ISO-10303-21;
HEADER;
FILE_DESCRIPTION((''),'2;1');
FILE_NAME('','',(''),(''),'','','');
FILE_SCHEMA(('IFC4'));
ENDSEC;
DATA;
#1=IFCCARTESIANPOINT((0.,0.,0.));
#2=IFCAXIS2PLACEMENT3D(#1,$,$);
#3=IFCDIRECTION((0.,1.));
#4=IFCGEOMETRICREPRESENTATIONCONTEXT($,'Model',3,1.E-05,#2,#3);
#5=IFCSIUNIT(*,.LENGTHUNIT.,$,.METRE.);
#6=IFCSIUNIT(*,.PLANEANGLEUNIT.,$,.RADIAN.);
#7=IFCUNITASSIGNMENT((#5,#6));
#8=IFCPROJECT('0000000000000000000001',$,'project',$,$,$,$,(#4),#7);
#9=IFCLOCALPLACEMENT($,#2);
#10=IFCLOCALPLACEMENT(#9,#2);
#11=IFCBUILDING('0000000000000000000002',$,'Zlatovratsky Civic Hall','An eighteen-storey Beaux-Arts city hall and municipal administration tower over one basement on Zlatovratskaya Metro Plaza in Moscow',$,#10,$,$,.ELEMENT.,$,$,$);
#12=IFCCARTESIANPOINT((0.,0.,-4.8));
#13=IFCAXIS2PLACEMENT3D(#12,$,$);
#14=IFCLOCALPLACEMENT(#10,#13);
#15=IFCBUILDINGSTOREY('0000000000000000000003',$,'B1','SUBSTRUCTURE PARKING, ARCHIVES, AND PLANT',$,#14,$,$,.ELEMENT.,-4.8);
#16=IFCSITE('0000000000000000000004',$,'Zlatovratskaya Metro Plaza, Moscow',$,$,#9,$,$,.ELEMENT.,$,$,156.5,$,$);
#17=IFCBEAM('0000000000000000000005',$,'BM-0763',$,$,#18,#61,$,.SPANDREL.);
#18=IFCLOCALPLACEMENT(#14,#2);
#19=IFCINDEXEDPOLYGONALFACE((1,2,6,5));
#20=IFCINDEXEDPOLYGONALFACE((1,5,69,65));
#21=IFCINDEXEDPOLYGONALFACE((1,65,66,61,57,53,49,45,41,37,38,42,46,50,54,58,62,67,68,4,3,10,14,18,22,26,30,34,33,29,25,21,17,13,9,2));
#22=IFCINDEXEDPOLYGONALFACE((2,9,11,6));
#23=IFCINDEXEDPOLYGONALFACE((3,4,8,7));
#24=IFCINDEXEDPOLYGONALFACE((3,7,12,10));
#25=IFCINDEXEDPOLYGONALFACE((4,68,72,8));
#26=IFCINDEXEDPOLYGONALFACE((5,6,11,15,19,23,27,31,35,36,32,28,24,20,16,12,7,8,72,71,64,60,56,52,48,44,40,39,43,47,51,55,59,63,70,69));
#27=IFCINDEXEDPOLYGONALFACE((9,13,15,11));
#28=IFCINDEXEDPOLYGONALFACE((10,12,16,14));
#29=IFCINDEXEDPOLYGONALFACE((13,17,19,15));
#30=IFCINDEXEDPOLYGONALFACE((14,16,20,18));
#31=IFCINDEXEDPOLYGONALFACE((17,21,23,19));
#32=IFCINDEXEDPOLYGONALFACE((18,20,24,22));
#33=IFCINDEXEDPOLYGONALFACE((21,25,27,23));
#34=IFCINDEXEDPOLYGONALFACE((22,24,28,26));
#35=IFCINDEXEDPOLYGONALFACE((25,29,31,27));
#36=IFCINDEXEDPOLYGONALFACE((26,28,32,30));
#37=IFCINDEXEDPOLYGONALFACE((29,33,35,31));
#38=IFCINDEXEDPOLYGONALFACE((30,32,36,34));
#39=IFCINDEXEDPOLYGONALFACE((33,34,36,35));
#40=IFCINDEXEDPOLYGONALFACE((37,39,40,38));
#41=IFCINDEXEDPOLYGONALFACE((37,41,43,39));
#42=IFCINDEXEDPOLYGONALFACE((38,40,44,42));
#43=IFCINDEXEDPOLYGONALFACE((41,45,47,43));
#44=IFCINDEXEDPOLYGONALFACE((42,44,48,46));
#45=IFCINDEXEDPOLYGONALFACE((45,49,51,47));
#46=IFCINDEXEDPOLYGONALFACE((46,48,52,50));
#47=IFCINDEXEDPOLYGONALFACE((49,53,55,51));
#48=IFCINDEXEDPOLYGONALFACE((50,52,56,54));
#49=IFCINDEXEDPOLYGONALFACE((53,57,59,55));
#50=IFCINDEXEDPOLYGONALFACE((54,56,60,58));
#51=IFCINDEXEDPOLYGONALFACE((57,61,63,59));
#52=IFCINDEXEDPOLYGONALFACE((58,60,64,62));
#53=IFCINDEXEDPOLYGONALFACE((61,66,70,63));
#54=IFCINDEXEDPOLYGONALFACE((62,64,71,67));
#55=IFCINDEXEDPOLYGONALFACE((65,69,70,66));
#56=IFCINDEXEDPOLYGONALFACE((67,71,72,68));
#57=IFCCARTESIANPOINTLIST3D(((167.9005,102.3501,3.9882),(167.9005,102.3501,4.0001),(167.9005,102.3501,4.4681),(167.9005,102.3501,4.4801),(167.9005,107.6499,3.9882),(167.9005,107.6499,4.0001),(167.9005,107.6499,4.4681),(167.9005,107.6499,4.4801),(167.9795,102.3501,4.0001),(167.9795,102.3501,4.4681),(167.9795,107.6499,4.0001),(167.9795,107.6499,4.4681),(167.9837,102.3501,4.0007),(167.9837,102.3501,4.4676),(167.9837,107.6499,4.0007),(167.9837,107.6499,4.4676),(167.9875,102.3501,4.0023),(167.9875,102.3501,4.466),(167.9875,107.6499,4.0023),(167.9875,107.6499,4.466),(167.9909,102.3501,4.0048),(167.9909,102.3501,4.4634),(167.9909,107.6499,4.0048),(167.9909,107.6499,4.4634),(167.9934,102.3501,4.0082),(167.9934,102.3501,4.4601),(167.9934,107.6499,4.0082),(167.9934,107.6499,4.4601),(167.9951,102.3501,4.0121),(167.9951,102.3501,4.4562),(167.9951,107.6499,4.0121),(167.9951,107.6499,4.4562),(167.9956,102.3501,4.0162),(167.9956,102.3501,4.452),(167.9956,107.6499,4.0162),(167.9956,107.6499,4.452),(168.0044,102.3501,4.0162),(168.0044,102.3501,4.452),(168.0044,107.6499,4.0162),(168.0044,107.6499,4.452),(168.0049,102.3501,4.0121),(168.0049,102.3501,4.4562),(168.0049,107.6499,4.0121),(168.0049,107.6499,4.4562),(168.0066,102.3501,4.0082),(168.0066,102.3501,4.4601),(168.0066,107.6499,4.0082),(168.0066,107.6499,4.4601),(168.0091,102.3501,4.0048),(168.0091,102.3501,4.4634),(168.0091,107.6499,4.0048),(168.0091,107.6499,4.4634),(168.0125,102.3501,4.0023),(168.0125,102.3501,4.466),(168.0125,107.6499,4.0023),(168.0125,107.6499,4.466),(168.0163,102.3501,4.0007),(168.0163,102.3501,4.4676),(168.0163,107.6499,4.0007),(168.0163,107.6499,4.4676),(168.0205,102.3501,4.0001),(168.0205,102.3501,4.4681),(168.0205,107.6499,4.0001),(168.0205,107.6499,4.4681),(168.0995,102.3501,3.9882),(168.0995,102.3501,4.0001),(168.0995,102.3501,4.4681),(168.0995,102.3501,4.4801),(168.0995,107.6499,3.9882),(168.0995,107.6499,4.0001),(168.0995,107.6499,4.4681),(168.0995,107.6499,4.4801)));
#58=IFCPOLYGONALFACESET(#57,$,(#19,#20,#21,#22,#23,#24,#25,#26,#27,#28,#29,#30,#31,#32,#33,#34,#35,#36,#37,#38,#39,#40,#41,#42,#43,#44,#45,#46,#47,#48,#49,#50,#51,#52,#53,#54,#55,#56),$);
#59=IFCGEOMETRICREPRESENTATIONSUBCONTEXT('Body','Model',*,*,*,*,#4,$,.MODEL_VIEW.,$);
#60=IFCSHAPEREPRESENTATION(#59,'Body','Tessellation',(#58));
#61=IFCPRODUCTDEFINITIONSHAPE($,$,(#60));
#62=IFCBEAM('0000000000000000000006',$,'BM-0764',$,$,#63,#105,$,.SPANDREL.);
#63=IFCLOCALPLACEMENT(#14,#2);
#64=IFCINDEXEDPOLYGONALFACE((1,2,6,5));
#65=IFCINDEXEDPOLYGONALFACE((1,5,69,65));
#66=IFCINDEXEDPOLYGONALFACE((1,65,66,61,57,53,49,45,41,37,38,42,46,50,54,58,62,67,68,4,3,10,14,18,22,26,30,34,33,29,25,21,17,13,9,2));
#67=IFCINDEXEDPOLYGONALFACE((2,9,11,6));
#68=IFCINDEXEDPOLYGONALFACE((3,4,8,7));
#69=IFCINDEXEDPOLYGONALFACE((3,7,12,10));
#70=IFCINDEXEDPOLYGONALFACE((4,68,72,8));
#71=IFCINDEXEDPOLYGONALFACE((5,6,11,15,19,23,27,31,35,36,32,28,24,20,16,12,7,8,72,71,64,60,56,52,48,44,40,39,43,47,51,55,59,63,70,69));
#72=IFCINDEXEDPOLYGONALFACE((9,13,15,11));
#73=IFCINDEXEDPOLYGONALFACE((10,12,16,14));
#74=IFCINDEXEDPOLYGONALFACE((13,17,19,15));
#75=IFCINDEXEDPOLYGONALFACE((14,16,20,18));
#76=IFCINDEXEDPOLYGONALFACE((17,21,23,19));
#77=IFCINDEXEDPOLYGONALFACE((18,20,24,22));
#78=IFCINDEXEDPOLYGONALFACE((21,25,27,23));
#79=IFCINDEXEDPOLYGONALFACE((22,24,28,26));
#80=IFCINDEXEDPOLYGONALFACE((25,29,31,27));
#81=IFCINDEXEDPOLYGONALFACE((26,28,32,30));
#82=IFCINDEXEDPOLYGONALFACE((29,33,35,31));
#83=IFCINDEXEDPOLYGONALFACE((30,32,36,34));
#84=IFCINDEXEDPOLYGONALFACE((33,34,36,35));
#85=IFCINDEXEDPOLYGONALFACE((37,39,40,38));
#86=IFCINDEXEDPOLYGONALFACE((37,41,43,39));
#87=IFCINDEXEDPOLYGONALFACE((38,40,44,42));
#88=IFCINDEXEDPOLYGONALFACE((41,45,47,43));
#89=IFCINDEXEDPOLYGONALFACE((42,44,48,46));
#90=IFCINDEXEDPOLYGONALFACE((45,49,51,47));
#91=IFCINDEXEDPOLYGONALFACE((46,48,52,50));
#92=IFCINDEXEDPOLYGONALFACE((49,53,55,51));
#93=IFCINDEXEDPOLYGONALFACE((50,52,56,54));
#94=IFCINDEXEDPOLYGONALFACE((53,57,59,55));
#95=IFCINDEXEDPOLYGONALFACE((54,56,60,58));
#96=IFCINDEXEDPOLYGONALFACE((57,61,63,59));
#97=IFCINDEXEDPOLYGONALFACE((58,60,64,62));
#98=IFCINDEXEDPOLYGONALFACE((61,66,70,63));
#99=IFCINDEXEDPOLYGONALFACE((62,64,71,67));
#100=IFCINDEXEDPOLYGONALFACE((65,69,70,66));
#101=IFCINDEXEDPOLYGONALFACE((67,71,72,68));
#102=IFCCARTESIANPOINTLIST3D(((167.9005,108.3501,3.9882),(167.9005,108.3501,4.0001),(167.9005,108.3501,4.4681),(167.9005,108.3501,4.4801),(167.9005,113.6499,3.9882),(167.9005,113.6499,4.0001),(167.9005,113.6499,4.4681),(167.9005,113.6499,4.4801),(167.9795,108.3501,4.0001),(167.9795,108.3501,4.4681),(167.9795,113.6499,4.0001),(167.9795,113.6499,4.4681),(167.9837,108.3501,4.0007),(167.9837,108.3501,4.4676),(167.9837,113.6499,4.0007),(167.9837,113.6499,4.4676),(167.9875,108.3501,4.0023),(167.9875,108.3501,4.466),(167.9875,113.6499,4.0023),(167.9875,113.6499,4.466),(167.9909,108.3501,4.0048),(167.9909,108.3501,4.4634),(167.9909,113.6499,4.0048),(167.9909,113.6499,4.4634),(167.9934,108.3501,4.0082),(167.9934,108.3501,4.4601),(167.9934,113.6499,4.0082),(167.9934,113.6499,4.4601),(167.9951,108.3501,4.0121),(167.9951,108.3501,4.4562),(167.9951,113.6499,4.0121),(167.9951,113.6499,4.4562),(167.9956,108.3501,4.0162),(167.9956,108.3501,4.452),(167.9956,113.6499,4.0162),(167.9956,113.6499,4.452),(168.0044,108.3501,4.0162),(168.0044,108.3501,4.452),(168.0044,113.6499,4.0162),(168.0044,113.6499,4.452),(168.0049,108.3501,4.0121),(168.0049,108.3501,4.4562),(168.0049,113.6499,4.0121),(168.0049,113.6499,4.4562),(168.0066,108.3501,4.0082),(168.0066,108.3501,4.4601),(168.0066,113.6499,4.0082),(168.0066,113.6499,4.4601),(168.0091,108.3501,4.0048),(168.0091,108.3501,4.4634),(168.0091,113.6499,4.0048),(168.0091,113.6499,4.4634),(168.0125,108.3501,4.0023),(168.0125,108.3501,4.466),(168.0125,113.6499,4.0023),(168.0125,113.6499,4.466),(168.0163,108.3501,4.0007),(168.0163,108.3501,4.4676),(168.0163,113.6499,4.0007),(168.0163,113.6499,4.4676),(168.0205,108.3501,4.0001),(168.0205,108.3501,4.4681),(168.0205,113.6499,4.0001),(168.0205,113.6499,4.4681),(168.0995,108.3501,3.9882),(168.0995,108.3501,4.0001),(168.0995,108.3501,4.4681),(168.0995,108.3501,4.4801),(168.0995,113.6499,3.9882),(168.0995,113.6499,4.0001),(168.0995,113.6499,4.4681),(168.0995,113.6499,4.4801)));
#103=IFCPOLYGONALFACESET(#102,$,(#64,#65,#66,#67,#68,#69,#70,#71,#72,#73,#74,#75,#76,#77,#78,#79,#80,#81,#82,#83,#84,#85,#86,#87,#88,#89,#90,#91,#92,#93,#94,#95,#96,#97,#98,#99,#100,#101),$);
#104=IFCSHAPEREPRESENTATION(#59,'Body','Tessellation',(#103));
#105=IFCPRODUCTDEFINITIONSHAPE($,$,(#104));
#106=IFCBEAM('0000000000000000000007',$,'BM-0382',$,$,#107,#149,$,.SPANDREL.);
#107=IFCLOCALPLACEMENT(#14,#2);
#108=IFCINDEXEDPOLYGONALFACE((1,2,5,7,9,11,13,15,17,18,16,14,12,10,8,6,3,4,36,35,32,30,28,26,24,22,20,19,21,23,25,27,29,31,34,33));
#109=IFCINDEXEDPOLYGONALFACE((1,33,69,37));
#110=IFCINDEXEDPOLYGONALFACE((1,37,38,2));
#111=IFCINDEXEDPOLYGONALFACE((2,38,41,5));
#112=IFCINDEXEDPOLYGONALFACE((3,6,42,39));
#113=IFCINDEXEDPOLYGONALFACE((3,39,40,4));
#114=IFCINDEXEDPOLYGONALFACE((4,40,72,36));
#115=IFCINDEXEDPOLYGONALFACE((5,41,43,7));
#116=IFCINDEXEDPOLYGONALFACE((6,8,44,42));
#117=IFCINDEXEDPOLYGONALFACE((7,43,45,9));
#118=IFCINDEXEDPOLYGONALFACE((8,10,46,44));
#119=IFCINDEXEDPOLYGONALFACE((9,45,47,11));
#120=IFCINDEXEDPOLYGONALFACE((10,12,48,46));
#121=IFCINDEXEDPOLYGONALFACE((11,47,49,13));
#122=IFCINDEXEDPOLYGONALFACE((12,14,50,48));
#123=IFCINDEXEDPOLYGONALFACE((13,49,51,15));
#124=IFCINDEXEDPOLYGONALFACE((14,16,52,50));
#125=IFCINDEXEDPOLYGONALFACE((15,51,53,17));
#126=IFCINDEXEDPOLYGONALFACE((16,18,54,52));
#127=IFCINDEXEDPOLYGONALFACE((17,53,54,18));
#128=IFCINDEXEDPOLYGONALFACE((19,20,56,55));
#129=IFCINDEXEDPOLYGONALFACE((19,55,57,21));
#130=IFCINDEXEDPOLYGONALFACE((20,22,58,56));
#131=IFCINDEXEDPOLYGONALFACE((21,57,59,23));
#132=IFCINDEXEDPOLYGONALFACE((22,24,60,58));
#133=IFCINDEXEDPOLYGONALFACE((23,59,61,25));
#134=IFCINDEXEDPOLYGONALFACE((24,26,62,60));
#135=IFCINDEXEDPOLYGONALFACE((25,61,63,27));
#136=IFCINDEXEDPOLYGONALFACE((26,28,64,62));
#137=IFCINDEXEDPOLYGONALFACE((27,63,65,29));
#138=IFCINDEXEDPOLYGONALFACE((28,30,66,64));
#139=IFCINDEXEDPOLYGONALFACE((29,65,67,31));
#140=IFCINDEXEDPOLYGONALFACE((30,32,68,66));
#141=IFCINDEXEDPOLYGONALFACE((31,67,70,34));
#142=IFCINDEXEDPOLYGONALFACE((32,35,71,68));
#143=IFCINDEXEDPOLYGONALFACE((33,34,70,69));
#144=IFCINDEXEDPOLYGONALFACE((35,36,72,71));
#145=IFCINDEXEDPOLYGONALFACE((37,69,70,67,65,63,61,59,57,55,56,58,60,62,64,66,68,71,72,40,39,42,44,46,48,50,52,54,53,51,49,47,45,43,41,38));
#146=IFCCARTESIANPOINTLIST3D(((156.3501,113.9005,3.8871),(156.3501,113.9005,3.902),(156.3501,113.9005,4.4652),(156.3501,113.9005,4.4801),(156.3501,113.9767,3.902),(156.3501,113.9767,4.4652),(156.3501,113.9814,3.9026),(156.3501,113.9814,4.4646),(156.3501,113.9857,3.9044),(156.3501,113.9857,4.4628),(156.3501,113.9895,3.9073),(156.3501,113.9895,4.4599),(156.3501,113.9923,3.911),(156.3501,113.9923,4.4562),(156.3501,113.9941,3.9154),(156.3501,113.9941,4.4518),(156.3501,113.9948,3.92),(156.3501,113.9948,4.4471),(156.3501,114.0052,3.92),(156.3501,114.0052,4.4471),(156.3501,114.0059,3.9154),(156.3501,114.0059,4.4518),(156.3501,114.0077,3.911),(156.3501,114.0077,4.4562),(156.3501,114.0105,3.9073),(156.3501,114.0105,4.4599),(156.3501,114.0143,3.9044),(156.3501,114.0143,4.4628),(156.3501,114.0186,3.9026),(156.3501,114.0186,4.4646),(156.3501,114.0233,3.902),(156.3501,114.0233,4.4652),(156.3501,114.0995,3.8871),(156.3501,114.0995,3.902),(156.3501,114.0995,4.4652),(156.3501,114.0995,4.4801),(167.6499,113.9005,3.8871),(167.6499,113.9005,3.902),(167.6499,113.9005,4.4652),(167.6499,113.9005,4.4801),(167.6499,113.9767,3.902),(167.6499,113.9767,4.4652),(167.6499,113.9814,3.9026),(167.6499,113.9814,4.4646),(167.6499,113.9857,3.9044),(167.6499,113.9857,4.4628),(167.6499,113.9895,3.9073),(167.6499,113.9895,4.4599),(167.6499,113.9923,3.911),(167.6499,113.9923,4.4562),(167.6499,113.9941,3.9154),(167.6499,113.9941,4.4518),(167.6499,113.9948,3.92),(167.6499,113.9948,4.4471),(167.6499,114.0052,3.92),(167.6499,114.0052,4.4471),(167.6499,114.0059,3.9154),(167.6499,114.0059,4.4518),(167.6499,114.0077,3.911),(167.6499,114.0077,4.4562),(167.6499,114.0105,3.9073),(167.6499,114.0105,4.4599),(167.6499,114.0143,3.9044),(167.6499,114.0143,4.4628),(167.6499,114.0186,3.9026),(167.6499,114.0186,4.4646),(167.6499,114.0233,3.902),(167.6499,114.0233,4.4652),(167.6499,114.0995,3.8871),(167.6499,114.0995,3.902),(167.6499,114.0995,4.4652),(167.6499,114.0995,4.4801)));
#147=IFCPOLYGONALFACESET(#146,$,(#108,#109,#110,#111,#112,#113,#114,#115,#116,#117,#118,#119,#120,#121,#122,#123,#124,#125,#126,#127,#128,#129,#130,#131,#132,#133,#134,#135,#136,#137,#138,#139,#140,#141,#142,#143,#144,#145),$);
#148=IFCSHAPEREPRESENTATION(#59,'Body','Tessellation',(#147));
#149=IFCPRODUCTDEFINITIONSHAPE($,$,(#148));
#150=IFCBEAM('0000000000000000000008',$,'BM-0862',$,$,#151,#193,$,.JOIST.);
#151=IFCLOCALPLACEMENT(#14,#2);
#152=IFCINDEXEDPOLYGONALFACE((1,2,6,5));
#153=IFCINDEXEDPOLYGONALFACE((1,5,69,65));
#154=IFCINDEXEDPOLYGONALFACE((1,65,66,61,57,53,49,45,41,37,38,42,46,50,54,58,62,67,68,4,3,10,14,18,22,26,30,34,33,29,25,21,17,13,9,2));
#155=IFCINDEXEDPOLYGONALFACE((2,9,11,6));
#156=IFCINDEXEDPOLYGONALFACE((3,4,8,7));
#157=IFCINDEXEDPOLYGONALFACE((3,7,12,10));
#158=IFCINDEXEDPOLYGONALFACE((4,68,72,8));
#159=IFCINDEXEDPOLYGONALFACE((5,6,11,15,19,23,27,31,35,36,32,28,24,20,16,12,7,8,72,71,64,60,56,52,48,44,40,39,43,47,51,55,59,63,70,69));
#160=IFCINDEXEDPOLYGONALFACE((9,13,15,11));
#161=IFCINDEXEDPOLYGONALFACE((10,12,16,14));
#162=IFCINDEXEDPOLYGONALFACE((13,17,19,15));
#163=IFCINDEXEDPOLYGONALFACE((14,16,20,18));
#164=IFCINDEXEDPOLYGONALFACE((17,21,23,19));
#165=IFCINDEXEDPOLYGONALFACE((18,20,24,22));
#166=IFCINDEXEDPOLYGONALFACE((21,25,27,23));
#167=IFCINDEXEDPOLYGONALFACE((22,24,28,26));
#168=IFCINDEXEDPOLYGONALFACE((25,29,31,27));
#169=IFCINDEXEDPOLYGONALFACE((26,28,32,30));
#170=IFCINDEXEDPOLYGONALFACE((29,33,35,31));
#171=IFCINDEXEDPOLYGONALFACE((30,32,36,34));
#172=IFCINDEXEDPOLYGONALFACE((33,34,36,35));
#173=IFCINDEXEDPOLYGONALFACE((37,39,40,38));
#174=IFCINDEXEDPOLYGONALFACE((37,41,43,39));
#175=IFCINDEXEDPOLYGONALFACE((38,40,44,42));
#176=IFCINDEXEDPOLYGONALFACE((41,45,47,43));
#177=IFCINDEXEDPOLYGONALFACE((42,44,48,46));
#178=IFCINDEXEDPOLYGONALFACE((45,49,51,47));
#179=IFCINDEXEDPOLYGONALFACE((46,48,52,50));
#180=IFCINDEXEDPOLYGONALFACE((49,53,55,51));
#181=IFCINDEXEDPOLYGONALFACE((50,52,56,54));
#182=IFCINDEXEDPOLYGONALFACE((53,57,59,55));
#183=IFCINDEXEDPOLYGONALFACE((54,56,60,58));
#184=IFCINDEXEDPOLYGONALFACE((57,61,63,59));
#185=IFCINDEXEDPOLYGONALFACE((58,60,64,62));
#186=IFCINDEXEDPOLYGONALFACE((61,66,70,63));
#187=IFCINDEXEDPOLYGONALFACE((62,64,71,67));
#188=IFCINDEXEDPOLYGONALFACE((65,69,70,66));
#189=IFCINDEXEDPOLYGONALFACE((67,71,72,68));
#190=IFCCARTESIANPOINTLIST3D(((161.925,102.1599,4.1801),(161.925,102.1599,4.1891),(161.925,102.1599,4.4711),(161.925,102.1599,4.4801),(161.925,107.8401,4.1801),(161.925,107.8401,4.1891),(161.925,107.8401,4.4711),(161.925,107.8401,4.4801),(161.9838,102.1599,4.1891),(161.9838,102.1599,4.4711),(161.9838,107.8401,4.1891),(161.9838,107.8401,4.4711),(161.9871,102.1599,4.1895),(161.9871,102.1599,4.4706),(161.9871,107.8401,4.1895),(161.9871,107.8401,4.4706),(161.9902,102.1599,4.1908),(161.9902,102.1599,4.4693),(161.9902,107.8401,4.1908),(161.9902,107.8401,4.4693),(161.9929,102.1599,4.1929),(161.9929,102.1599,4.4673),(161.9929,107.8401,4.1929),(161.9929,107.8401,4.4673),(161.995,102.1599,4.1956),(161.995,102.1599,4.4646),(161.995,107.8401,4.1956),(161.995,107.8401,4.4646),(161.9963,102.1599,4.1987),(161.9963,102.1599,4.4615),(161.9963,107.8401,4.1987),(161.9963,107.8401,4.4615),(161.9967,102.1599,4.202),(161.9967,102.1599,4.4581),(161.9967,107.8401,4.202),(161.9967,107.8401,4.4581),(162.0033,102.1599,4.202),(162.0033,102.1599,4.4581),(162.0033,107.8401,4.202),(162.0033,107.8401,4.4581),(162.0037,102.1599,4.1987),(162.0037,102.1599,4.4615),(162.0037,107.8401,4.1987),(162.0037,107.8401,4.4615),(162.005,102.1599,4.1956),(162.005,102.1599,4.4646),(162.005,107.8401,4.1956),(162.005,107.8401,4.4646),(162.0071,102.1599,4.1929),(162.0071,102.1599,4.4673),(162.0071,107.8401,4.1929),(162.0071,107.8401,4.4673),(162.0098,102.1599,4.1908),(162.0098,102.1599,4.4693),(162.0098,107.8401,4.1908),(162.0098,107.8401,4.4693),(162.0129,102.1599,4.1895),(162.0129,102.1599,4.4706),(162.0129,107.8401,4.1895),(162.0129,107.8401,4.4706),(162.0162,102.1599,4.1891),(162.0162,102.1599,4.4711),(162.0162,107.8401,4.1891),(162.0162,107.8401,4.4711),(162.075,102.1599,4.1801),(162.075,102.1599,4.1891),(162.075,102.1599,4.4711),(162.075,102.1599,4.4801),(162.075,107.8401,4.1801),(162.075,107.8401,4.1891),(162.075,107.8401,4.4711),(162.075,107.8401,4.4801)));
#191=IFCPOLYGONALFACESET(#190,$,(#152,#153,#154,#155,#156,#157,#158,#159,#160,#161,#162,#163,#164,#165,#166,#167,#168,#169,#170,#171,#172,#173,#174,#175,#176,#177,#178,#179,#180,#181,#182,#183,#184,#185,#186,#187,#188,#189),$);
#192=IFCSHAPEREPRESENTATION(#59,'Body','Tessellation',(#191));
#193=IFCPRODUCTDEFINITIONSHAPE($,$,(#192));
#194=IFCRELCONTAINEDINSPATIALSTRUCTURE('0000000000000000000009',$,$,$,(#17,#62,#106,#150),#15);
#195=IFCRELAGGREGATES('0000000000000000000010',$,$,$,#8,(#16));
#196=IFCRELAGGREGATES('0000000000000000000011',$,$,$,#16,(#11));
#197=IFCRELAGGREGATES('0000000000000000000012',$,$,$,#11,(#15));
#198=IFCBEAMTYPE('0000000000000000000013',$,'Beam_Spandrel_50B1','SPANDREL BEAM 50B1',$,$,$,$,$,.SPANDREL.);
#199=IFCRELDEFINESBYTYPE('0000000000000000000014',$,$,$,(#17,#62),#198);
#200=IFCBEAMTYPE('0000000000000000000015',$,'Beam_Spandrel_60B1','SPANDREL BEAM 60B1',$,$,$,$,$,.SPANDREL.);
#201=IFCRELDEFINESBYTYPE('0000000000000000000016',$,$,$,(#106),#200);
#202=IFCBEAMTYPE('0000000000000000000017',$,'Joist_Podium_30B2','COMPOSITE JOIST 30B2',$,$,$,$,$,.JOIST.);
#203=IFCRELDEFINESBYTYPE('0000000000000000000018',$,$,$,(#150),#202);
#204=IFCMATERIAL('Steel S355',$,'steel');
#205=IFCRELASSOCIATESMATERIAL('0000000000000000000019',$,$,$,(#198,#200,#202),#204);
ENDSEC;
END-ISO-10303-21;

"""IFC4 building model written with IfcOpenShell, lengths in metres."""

from ifc_helpers import new_model, si_unit, direction, frame, origin, origin_2d, place, context, subcontext, project, spatial, i_section, extrude, material, material_profile, profile_set, type_object, element, save


model = new_model("IFC4")

# Units and contexts
model_context = context("Model", 3, precision=1e-05, world=origin(), true_north=direction((0.0, 1.0)))
body_context = subcontext(model_context, "Body", "Model", "MODEL_VIEW")
ifc_project = project(units=[si_unit("LENGTHUNIT", "METRE"), si_unit("PLANEANGLEUNIT", "RADIAN")], contexts=[model_context])

# Site, building, storey
site_placement = place(None, origin())
site = spatial("IfcSite", under=ifc_project, at=site_placement, Name="Zlatovratskaya Metro Plaza, Moscow", CompositionType="ELEMENT", RefElevation=156.5)
building_placement = place(site_placement, origin())
building = spatial("IfcBuilding", under=site, at=building_placement, Name="Zlatovratsky Civic Hall", Description="An eighteen-storey Beaux-Arts city hall and municipal administration tower over one basement on Zlatovratskaya Metro Plaza in Moscow", CompositionType="ELEMENT")
storey_placement = place(building_placement, frame((0.0, 0.0, -4.8)))
storey = spatial("IfcBuildingStorey", under=building, at=storey_placement, Name="B1", Description="SUBSTRUCTURE PARKING, ARCHIVES, AND PLANT", CompositionType="ELEMENT", Elevation=-4.8)

# Beams
ifc_material_1 = material(Name="Steel S355", Category="steel")
ifc_material_profile_1 = material_profile(ifc_material_1, i_section(OverallWidth=0.199, OverallDepth=0.4919, WebThickness=0.0088, FlangeThickness=0.012, FilletRadius=0.0161, at=origin_2d()), Name="50B1")
ifc_profile_set_1 = profile_set([ifc_material_profile_1], Name="Steel S355")
beam_type_1 = type_object("IfcBeamType", Name="Beam_Spandrel_50B1", Description="SPANDREL BEAM 50B1", PredefinedType="SPANDREL", material=ifc_profile_set_1)
for number, where, z_axis, x_axis, name in (
    (1, (168.0, 102.3501, 4.2341), (0.0, 1.0, 0.0), (-1.0, 0.0, 0.0), "BM-0763"),
    (2, (168.0, 108.3501, 4.2341), (0.0, 1.0, 0.0), (-1.0, 0.0, 0.0), "BM-0764"),
):
    element("IfcBeam", number, at=place(storey_placement, frame(where, z_axis=z_axis, x_axis=x_axis)), inside=storey, type_object=beam_type_1, Name=name, PredefinedType="SPANDREL", context=body_context, shape_type="SweptSolid", body=[
        extrude(i_section(OverallWidth=0.199, OverallDepth=0.4919, WebThickness=0.0088, FlangeThickness=0.012, FilletRadius=0.0161, at=origin_2d()), origin(), (0.0, 0.0, 1.0), 5.2998),
    ])
ifc_material_profile_2 = material_profile(ifc_material_1, i_section(OverallWidth=0.199, OverallDepth=0.593, WebThickness=0.0105, FlangeThickness=0.0149, FilletRadius=0.0181, at=origin_2d()), Name="60B1")
ifc_profile_set_2 = profile_set([ifc_material_profile_2], Name="Steel S355")
beam_type_2 = type_object("IfcBeamType", Name="Beam_Spandrel_60B1", Description="SPANDREL BEAM 60B1", PredefinedType="SPANDREL", material=ifc_profile_set_2)
beam_1_placement = place(storey_placement, frame((156.3501, 114.0, 4.1836), z_axis=(1.0, 0.0, 0.0), x_axis=(0.0, 1.0, 0.0)))
element("IfcBeam", 3, at=beam_1_placement, inside=storey, type_object=beam_type_2, Name="BM-0382", PredefinedType="SPANDREL", context=body_context, shape_type="SweptSolid", body=[
    extrude(i_section(OverallWidth=0.199, OverallDepth=0.593, WebThickness=0.0105, FlangeThickness=0.0149, FilletRadius=0.0181, at=origin_2d()), origin(), (0.0, 0.0, 1.0), 11.2998),
])
ifc_material_profile_3 = material_profile(ifc_material_1, i_section(OverallWidth=0.1499, OverallDepth=0.3, WebThickness=0.0066, FlangeThickness=0.009, FilletRadius=0.0129, at=origin_2d()), Name="30B2")
ifc_profile_set_3 = profile_set([ifc_material_profile_3], Name="Steel S355")
beam_type_3 = type_object("IfcBeamType", Name="Joist_Podium_30B2", Description="COMPOSITE JOIST 30B2", PredefinedType="JOIST", material=ifc_profile_set_3)
beam_2_placement = place(storey_placement, frame((162.0, 102.1599, 4.3301), z_axis=(0.0, 1.0, 0.0), x_axis=(-1.0, 0.0, 0.0)))
element("IfcBeam", 4, at=beam_2_placement, inside=storey, type_object=beam_type_3, Name="BM-0862", PredefinedType="JOIST", context=body_context, shape_type="SweptSolid", body=[
    extrude(i_section(OverallWidth=0.1499, OverallDepth=0.3, WebThickness=0.0066, FlangeThickness=0.009, FilletRadius=0.0129, at=origin_2d()), origin(), (0.0, 0.0, 1.0), 5.6802),
])

save(model, "model.ifc")
